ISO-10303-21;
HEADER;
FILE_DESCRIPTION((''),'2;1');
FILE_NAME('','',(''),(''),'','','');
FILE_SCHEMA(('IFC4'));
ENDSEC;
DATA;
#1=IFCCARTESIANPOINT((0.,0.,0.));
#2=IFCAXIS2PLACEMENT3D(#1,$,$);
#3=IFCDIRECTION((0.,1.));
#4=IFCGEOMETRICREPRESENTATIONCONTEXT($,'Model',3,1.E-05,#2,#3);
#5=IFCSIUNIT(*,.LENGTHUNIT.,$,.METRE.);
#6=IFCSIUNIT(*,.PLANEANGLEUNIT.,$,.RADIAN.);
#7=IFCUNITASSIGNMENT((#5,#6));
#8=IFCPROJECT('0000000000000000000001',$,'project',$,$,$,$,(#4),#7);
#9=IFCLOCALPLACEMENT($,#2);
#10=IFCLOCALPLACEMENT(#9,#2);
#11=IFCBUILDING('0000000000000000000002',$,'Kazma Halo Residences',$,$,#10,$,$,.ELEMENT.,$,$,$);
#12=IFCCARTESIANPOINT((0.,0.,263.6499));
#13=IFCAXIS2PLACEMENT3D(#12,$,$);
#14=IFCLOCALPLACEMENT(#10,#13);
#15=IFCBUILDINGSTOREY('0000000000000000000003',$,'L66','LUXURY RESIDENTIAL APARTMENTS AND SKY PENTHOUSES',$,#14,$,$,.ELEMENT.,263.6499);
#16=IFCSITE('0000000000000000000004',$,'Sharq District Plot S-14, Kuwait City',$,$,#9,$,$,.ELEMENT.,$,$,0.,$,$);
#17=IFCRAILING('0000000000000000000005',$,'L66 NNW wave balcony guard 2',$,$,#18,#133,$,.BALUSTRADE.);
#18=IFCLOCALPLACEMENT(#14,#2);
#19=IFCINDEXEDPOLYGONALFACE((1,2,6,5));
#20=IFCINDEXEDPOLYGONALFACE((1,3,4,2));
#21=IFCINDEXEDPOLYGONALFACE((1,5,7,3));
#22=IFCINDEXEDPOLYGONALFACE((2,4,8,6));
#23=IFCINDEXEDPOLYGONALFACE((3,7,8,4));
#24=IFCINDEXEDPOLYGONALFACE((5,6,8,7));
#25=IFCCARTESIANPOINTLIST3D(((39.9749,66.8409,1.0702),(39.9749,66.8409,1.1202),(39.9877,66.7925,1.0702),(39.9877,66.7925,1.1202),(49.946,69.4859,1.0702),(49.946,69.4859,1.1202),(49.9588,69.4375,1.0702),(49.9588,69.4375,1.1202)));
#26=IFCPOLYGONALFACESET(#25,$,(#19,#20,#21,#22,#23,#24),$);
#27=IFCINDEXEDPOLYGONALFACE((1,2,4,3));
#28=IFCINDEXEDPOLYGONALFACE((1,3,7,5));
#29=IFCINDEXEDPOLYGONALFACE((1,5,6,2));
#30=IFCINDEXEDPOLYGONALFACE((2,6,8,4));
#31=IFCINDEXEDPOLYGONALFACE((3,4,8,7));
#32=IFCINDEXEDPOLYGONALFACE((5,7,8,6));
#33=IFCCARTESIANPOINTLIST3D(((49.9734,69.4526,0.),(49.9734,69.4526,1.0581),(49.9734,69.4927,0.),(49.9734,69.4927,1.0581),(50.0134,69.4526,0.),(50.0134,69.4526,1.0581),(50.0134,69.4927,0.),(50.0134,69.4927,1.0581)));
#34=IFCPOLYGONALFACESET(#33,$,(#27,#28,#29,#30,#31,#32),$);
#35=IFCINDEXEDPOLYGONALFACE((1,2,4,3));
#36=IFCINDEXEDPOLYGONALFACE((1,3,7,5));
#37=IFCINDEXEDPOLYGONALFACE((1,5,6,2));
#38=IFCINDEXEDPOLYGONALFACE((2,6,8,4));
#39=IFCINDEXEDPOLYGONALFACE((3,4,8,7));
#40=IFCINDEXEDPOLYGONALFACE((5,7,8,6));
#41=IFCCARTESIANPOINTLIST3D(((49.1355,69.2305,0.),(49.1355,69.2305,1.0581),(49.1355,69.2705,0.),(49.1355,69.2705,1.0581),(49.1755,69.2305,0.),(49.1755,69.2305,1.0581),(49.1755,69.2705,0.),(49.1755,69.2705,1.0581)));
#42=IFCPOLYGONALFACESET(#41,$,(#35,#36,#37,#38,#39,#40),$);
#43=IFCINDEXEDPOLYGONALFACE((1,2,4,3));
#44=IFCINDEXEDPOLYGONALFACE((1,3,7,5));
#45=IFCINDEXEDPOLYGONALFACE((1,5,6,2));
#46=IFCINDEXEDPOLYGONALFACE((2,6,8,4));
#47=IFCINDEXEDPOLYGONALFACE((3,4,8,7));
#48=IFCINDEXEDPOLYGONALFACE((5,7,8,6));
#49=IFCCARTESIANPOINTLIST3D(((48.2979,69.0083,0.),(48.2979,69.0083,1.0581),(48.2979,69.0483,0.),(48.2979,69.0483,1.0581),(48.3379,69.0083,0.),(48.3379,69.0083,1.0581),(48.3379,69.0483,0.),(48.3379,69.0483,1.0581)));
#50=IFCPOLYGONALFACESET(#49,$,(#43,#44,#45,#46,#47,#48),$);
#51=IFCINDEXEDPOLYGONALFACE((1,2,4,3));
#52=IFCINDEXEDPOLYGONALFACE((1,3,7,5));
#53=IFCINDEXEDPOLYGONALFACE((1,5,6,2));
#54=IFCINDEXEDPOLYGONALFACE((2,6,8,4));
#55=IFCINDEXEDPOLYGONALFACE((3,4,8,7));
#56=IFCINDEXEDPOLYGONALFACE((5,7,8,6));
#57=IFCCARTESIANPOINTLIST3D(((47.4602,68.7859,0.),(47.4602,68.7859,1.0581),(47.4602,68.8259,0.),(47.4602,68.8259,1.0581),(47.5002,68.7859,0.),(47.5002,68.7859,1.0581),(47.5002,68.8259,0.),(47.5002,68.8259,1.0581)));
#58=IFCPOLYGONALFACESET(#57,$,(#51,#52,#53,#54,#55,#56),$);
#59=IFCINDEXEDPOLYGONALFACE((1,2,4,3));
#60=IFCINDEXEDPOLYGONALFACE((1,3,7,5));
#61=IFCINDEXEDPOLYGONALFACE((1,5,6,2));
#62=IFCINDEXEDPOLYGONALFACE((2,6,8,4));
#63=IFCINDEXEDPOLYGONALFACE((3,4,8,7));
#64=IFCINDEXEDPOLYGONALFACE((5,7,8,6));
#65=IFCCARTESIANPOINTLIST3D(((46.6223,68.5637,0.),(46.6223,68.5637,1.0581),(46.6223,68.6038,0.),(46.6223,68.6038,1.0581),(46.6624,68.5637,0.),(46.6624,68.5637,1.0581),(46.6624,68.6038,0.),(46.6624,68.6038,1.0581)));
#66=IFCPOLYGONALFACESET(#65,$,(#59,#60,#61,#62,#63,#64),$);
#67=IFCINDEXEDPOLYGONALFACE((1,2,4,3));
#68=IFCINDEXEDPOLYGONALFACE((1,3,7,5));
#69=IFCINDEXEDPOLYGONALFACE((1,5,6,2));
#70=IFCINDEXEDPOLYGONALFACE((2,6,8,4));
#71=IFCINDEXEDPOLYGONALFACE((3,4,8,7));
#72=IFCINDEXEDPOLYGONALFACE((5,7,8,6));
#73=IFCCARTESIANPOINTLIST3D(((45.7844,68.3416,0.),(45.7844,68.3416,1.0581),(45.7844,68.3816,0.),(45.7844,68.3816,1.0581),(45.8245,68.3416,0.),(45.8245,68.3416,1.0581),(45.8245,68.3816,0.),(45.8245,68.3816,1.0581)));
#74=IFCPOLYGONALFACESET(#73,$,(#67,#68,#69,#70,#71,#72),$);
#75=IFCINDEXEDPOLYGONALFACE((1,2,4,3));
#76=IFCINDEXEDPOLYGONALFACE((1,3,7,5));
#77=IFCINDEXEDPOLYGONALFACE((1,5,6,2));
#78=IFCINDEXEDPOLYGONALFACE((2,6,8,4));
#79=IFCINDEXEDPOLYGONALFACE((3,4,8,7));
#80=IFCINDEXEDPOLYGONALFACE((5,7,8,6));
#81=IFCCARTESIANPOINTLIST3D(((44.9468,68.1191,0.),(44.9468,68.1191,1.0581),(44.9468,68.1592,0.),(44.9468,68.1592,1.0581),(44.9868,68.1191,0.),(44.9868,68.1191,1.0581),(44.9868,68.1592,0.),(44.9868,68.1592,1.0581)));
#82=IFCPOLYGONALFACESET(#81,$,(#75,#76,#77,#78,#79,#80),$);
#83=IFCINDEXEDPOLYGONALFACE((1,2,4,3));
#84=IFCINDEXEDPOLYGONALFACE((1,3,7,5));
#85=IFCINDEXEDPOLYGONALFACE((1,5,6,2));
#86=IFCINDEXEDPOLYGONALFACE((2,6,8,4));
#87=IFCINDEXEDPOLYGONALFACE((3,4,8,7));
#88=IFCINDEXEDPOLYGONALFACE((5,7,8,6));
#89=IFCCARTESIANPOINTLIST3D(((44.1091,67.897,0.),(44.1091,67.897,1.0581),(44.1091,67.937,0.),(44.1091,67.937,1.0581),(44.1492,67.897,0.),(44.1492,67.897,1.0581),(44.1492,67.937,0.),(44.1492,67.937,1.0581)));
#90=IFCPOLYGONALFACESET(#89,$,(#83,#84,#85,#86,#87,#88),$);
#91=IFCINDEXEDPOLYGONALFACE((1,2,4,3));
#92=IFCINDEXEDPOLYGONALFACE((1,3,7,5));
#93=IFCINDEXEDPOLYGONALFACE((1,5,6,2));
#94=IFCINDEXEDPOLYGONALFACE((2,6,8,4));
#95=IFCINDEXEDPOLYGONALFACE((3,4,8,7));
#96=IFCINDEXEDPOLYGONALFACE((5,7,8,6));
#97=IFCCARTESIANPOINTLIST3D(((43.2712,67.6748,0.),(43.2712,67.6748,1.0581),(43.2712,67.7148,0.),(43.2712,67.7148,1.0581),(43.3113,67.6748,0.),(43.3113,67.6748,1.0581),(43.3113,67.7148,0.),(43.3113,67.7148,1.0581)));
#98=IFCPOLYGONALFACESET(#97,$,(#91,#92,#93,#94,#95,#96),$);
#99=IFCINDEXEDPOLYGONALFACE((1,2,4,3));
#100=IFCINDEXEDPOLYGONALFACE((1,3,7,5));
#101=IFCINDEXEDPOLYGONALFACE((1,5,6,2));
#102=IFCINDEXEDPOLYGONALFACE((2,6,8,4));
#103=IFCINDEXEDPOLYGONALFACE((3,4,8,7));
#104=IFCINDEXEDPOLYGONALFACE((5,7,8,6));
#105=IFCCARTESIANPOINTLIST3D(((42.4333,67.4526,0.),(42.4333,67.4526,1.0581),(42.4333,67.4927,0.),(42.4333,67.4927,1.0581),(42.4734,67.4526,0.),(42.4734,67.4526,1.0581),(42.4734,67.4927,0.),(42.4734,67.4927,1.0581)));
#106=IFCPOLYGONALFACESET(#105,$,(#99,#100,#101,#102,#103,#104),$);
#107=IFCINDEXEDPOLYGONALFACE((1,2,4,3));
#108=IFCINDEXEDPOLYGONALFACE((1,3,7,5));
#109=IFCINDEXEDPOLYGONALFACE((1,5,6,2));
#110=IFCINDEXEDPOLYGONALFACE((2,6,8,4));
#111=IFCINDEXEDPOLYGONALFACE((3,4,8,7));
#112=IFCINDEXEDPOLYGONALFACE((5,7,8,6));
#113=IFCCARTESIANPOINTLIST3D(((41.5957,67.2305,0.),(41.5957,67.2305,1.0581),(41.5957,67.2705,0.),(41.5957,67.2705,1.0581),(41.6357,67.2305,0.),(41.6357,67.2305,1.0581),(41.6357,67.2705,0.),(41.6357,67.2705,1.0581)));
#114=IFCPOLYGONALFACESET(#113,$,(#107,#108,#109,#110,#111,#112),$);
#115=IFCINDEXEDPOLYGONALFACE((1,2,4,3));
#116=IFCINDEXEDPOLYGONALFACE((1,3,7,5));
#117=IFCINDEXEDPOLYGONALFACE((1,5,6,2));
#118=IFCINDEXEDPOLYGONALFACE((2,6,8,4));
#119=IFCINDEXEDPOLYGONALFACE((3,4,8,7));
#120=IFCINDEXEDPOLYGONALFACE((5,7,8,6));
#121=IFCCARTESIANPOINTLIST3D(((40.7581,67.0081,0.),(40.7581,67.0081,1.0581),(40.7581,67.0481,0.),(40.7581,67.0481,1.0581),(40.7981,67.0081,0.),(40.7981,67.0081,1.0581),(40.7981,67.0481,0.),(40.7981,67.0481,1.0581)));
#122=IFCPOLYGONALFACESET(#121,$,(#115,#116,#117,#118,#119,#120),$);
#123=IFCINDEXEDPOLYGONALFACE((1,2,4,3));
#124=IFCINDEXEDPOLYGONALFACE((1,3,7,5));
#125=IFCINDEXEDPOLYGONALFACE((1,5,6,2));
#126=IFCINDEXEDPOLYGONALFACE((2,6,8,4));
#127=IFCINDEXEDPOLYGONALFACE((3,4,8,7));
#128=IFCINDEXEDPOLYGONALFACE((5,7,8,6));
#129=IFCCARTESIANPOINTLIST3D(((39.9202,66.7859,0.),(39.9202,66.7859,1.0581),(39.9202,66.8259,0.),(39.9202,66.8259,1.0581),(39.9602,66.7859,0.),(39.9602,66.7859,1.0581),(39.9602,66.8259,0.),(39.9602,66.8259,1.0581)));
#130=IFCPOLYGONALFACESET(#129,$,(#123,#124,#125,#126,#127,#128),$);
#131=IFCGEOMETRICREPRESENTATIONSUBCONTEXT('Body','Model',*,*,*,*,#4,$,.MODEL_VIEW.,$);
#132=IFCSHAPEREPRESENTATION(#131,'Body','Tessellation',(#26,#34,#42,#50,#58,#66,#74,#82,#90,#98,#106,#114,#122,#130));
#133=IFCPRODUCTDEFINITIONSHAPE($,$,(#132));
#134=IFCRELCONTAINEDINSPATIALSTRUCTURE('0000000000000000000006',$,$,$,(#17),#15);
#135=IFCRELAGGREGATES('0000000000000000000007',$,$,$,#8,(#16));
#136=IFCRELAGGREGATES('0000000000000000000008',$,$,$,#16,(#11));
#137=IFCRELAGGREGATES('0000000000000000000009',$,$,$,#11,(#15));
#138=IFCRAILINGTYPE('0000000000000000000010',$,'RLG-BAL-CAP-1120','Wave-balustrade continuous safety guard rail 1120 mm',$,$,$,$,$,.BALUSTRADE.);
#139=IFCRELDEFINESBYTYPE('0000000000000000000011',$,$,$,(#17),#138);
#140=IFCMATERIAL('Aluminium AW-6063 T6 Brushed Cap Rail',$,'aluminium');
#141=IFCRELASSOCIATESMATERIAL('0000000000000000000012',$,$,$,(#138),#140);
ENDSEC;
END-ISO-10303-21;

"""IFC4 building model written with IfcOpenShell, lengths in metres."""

from ifc_helpers import new_model, si_unit, direction, frame, origin, origin_2d, place, context, subcontext, project, spatial, rectangle, extrude, material, type_object, element, save


model = new_model("IFC4")

# Units and contexts
model_context = context("Model", 3, precision=1e-05, world=origin(), true_north=direction((0.0, 1.0)))
body_context = subcontext(model_context, "Body", "Model", "MODEL_VIEW")
ifc_project = project(units=[si_unit("LENGTHUNIT", "METRE"), si_unit("PLANEANGLEUNIT", "RADIAN")], contexts=[model_context])

# Site, building, storey
site_placement = place(None, origin())
site = spatial("IfcSite", under=ifc_project, at=site_placement, Name="Sharq District Plot S-14, Kuwait City", CompositionType="ELEMENT", RefElevation=0.0)
building_placement = place(site_placement, origin())
building = spatial("IfcBuilding", under=site, at=building_placement, Name="Kazma Halo Residences", CompositionType="ELEMENT")
storey_placement = place(building_placement, frame((0.0, 0.0, 263.6499)))
storey = spatial("IfcBuildingStorey", under=building, at=storey_placement, Name="L66", Description="LUXURY RESIDENTIAL APARTMENTS AND SKY PENTHOUSES", CompositionType="ELEMENT", Elevation=263.6499)

# Railing
ifc_material_1 = material(Name="Aluminium AW-6063 T6 Brushed Cap Rail", Category="aluminium")
railing_type = type_object("IfcRailingType", Name="RLG-BAL-CAP-1120", Description="Wave-balustrade continuous safety guard rail 1120 mm", PredefinedType="BALUSTRADE", material=ifc_material_1)
railing_1_placement = place(storey_placement, frame((49.9934, 69.4727, 0.0)))
element("IfcRailing", 1, at=railing_1_placement, inside=storey, type_object=railing_type, Name="L66 NNW wave balcony guard 2", PredefinedType="BALUSTRADE", context=body_context, shape_type="SweptSolid", body=[
    extrude(rectangle(XDim=0.05, YDim=0.05, at=origin_2d()), frame((-0.041, -0.011, 1.0952), z_axis=(-0.966572, -0.256396, 0.0), x_axis=(0.256396, -0.966572, 0.0)), (0.0, 0.0, 1.0), 10.3159),
    extrude(rectangle(XDim=0.04, YDim=0.04, at=origin_2d()), origin(), (0.0, 0.0, 1.0), 1.0581),
    extrude(rectangle(XDim=0.04, YDim=0.04, at=origin_2d()), frame((-0.8379, -0.2222, 0.0)), (0.0, 0.0, 1.0), 1.0581),
    extrude(rectangle(XDim=0.04, YDim=0.04, at=origin_2d()), frame((-1.6755, -0.4443, 0.0)), (0.0, 0.0, 1.0), 1.0581),
    extrude(rectangle(XDim=0.04, YDim=0.04, at=origin_2d()), frame((-2.5132, -0.6667, 0.0)), (0.0, 0.0, 1.0), 1.0581),
    extrude(rectangle(XDim=0.04, YDim=0.04, at=origin_2d()), frame((-3.3511, -0.8889, 0.0)), (0.0, 0.0, 1.0), 1.0581),
    extrude(rectangle(XDim=0.04, YDim=0.04, at=origin_2d()), frame((-4.189, -1.1111, 0.0)), (0.0, 0.0, 1.0), 1.0581),
    extrude(rectangle(XDim=0.04, YDim=0.04, at=origin_2d()), frame((-5.0266, -1.3335, 0.0)), (0.0, 0.0, 1.0), 1.0581),
    extrude(rectangle(XDim=0.04, YDim=0.04, at=origin_2d()), frame((-5.8643, -1.5557, 0.0)), (0.0, 0.0, 1.0), 1.0581),
    extrude(rectangle(XDim=0.04, YDim=0.04, at=origin_2d()), frame((-6.7021, -1.7778, 0.0)), (0.0, 0.0, 1.0), 1.0581),
    extrude(rectangle(XDim=0.04, YDim=0.04, at=origin_2d()), frame((-7.54, -2.0, 0.0)), (0.0, 0.0, 1.0), 1.0581),
    extrude(rectangle(XDim=0.04, YDim=0.04, at=origin_2d()), frame((-8.3777, -2.2222, 0.0)), (0.0, 0.0, 1.0), 1.0581),
    extrude(rectangle(XDim=0.04, YDim=0.04, at=origin_2d()), frame((-9.2153, -2.4446, 0.0)), (0.0, 0.0, 1.0), 1.0581),
    extrude(rectangle(XDim=0.04, YDim=0.04, at=origin_2d()), frame((-10.0532, -2.6667, 0.0)), (0.0, 0.0, 1.0), 1.0581),
])

save(model, "model.ifc")
